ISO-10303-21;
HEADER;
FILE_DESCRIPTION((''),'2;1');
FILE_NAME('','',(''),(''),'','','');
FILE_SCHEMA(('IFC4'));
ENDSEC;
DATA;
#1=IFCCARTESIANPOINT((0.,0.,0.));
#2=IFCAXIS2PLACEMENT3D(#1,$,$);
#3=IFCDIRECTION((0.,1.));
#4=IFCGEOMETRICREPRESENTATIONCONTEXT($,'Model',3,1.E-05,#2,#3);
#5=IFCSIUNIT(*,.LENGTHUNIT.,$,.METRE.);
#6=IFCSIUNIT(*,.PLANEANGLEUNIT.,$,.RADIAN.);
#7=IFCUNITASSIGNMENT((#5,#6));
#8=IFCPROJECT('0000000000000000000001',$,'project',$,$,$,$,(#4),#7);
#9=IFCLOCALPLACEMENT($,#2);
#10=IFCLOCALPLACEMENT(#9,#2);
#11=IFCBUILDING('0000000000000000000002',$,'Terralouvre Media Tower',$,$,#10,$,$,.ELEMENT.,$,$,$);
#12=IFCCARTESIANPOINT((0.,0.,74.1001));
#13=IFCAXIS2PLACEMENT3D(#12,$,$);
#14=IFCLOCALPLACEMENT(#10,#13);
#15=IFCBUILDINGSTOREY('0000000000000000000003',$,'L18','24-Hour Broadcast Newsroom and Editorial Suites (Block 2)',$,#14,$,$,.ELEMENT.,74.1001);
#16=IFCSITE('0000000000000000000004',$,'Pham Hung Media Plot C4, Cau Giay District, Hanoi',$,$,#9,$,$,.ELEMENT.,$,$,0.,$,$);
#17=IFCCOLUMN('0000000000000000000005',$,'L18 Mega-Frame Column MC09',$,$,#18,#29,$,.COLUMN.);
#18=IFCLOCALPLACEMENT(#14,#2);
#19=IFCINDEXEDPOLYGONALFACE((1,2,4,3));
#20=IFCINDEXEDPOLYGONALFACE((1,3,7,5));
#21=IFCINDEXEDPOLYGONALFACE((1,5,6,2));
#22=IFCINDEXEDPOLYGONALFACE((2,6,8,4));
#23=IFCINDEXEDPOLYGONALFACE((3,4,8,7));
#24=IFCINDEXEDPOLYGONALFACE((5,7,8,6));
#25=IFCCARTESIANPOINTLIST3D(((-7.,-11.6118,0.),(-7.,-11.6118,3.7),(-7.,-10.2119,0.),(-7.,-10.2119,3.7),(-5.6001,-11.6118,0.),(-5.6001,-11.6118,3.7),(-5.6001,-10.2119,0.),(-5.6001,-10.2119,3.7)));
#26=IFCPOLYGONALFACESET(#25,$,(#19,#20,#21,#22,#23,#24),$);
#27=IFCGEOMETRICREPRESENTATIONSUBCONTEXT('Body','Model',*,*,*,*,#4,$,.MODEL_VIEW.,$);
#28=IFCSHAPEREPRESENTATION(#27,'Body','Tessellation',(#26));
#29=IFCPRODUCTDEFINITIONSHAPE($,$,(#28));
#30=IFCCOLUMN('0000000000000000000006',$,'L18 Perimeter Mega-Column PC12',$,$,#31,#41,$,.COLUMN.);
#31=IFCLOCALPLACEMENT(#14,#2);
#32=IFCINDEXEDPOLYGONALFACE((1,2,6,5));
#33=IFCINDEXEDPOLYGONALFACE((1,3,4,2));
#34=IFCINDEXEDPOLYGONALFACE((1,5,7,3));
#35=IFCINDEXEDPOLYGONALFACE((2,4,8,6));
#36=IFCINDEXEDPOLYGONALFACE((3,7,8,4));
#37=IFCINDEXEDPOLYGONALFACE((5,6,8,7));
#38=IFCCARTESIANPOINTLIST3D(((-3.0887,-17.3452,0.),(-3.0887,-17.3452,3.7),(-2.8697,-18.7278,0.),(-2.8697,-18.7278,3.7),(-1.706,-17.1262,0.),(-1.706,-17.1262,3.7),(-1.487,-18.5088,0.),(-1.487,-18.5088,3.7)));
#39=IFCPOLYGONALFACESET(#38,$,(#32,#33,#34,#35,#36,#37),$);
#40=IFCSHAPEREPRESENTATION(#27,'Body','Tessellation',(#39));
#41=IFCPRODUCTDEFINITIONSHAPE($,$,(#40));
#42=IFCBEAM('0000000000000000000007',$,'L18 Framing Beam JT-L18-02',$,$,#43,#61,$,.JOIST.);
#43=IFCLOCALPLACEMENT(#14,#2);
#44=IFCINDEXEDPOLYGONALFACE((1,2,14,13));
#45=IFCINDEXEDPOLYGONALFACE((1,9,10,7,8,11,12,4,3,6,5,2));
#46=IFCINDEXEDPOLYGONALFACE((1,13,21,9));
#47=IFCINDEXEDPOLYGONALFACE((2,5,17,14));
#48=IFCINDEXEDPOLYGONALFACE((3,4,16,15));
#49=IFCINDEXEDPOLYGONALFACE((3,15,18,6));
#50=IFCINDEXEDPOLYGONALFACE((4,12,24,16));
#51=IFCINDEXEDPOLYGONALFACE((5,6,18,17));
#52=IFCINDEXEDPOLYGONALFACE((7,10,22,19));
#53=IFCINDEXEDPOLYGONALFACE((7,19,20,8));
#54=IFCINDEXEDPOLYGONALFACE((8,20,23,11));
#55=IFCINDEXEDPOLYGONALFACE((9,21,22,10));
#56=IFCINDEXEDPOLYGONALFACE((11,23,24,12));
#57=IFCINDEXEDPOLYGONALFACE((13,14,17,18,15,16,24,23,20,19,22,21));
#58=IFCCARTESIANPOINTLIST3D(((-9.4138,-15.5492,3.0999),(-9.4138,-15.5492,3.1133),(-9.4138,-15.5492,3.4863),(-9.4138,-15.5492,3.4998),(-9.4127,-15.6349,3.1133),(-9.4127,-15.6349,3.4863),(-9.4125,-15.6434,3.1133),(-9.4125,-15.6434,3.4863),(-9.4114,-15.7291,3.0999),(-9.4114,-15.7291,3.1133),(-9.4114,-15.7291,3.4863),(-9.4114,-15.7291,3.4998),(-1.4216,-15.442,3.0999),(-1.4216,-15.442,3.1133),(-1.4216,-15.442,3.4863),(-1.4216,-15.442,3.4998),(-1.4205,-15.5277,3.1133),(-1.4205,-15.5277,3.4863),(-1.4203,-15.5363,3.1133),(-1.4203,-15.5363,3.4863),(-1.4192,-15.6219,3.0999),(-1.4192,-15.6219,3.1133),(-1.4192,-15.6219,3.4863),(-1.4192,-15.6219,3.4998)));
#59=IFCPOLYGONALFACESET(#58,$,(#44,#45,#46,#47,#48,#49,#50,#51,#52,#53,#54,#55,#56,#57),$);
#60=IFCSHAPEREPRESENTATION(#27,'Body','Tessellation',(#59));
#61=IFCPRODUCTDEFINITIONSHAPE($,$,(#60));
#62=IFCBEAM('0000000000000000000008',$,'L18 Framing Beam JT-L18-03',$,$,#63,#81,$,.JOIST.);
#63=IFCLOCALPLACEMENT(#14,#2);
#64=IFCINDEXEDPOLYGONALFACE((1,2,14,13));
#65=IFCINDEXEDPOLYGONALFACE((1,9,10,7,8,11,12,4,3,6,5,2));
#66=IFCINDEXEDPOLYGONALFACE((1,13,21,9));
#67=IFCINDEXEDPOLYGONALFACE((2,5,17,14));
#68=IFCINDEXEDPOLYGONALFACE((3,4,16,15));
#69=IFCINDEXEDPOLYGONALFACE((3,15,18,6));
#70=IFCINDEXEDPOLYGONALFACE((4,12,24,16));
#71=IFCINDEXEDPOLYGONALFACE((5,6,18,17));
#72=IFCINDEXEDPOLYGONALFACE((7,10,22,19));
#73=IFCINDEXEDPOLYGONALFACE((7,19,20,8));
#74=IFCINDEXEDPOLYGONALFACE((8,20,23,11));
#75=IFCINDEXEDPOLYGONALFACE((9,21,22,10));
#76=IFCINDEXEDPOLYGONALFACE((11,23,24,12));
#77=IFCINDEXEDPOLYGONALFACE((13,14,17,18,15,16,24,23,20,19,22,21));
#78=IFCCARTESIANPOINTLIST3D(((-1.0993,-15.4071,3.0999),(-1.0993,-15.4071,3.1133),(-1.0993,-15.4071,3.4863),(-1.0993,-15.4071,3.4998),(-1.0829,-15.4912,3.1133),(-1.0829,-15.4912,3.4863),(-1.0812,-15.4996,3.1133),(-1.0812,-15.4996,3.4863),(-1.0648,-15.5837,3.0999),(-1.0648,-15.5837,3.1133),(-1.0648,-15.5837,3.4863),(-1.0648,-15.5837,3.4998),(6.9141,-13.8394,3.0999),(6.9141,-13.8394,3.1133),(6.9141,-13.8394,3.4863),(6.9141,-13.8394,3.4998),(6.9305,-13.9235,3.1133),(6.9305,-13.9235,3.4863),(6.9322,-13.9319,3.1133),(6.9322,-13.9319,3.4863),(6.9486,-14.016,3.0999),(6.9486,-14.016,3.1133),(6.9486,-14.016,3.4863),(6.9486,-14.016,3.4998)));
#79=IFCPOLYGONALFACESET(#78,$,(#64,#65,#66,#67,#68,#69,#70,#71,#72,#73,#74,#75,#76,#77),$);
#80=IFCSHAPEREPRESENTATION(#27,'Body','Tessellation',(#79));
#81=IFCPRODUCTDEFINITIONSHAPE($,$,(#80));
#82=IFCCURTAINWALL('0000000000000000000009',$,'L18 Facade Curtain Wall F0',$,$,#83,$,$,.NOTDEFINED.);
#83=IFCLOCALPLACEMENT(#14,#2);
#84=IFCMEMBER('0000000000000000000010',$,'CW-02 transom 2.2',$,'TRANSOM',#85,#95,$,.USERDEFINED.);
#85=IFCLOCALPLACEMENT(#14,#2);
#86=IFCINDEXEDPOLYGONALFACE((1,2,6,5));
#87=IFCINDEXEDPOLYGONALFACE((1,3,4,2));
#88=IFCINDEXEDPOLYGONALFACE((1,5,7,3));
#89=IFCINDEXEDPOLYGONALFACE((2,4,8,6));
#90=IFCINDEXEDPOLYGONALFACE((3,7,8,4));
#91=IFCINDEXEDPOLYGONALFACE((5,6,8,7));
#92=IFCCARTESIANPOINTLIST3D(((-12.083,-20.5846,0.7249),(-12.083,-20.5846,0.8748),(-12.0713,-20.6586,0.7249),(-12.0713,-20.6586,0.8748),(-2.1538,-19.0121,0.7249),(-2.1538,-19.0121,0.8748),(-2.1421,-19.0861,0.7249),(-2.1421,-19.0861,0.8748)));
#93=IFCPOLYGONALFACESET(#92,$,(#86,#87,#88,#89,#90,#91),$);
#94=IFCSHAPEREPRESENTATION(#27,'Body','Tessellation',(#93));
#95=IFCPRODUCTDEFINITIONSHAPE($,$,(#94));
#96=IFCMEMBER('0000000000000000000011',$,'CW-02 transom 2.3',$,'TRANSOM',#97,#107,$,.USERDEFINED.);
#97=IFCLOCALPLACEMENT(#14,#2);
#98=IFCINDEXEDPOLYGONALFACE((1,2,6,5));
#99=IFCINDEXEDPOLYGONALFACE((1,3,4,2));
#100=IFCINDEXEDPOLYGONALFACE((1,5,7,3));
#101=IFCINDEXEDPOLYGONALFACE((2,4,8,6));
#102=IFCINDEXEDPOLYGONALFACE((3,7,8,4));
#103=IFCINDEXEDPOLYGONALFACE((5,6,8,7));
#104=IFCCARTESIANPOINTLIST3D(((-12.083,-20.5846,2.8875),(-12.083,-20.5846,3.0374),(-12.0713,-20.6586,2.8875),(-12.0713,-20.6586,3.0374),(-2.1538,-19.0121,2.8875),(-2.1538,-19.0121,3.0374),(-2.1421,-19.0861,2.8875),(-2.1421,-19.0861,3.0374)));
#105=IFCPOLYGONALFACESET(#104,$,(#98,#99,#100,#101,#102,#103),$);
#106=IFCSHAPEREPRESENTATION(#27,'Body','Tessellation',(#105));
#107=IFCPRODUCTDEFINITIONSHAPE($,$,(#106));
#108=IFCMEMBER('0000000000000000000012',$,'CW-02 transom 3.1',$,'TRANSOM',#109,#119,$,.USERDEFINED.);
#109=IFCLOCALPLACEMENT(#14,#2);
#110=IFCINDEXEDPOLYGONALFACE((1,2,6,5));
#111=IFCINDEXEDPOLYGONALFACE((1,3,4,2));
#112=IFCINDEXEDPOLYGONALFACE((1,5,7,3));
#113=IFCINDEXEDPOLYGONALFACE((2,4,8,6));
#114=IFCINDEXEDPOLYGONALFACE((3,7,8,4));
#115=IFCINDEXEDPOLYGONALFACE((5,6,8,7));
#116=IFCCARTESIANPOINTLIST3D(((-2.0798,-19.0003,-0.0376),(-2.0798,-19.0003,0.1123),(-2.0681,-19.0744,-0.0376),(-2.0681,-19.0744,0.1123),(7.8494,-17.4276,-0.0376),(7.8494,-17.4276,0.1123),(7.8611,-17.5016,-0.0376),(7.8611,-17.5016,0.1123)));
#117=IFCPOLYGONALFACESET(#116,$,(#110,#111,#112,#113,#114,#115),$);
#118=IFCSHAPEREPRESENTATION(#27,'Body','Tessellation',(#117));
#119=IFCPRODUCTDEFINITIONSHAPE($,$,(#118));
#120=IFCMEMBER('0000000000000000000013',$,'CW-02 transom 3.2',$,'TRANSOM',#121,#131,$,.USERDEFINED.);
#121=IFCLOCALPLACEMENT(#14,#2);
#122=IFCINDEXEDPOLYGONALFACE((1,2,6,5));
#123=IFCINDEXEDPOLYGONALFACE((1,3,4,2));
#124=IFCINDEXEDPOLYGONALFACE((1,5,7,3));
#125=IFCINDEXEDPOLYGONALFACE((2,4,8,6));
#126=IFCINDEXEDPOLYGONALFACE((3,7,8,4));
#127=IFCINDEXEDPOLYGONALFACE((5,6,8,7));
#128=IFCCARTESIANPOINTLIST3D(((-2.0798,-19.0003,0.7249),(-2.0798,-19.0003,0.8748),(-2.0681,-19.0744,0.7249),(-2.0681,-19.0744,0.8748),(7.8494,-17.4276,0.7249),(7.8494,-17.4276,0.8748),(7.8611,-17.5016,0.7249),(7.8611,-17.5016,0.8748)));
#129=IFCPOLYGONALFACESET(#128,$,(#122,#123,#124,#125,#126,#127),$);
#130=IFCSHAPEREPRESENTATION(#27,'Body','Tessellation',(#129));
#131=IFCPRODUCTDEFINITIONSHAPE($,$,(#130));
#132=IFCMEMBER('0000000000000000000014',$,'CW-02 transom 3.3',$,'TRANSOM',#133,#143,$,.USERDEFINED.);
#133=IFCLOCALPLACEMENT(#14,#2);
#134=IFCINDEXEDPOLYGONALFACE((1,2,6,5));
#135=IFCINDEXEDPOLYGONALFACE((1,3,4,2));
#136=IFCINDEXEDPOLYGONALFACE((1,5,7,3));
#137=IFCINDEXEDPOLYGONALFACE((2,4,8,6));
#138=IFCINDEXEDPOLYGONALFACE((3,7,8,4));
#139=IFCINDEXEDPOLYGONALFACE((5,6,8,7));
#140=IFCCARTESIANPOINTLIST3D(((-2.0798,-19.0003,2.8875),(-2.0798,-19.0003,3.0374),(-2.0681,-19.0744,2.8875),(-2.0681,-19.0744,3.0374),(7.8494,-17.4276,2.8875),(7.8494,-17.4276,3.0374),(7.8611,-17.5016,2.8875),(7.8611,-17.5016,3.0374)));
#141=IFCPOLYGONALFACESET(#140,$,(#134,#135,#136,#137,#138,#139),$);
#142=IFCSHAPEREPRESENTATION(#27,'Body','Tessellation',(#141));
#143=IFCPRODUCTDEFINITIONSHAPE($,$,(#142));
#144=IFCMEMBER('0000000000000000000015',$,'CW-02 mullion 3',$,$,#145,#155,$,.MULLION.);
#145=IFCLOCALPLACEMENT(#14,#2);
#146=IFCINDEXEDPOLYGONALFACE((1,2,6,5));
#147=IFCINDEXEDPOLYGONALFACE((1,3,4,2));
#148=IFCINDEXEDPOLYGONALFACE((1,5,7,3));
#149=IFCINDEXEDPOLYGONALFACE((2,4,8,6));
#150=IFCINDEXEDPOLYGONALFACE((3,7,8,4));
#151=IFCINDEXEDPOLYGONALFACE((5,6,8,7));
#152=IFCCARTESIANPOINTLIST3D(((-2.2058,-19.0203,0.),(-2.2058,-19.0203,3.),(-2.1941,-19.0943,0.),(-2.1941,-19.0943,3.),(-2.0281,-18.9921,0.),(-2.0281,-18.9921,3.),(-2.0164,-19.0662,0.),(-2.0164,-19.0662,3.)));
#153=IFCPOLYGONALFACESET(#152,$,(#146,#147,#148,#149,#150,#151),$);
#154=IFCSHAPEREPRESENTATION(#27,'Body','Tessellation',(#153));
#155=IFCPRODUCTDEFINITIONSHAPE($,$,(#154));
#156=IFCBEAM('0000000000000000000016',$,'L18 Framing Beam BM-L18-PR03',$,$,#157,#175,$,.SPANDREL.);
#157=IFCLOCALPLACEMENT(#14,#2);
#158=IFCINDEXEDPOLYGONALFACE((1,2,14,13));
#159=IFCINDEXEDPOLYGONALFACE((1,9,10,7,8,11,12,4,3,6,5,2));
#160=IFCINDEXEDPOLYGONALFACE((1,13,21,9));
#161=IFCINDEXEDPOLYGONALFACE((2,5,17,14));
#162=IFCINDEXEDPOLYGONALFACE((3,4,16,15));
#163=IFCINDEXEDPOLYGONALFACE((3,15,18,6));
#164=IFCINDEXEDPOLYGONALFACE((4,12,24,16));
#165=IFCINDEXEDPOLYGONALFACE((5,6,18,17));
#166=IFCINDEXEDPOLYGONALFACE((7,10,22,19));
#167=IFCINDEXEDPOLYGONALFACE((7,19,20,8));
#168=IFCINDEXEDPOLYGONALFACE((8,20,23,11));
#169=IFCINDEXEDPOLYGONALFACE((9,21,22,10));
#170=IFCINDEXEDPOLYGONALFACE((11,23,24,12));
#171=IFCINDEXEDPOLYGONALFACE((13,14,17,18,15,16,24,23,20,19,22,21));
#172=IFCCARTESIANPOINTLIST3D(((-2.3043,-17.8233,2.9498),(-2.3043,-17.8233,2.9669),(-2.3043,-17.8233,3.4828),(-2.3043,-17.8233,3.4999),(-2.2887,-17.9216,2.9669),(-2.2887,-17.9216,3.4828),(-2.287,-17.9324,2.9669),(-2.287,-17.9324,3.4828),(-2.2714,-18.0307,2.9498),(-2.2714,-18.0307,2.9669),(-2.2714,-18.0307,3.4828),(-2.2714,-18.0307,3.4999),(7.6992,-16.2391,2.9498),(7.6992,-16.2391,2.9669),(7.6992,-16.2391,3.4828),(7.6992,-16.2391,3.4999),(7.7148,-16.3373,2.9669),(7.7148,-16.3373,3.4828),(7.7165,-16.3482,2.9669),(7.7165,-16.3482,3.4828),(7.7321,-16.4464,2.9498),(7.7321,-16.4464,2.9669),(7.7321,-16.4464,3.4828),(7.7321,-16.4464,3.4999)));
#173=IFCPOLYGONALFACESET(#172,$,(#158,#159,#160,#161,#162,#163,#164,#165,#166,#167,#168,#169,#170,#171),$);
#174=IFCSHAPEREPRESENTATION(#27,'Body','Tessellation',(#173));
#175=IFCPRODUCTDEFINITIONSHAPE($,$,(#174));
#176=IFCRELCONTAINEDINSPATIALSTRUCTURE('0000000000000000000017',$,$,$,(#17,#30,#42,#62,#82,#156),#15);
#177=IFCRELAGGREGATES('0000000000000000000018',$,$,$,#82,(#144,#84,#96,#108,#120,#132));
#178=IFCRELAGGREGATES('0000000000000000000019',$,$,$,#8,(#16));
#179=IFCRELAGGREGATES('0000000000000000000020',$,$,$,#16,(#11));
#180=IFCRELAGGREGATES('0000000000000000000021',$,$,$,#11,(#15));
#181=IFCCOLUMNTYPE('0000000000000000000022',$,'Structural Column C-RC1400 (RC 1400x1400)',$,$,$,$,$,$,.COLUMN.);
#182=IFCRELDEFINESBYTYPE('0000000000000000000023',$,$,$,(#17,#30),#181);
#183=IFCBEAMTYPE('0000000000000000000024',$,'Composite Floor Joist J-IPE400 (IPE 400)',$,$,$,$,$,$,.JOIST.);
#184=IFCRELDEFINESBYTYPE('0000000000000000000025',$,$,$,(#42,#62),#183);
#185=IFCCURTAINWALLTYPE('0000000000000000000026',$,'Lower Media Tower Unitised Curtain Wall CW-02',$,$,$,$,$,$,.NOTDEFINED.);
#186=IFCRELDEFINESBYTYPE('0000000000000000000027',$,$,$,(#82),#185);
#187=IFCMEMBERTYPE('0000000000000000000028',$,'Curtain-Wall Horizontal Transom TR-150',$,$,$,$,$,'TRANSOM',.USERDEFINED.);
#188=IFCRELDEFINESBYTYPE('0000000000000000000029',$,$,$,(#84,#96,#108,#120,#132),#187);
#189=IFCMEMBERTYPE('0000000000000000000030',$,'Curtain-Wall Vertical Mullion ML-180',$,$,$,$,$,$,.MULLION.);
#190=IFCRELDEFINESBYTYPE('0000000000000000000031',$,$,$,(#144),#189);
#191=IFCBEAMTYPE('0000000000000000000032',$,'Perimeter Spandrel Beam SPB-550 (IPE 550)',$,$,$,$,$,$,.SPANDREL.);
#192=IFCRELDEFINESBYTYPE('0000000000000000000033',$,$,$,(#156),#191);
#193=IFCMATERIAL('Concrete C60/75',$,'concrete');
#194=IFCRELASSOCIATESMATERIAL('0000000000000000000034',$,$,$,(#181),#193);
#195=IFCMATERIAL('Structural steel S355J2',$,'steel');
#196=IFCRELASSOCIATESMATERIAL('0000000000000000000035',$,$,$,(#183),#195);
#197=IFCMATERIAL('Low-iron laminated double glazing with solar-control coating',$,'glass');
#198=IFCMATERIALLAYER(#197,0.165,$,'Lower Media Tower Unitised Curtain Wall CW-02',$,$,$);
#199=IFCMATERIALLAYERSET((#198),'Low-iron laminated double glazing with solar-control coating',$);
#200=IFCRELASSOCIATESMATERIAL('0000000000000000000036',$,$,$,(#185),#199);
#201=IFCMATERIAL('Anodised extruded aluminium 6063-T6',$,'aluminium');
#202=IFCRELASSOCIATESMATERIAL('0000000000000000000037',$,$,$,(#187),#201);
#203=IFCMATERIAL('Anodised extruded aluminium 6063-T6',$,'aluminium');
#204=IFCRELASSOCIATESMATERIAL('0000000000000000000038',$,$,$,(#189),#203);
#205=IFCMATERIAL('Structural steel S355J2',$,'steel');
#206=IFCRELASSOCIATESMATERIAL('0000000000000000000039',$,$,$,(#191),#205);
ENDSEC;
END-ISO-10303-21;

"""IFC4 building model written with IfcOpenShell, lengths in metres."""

from ifc_helpers import new_model, si_unit, direction, frame, origin, origin_2d, place, context, subcontext, project, spatial, rectangle, i_section, extrude, material, layer, layer_set, material_profile, profile_set, type_object, element, aggregate, save


model = new_model("IFC4")

# Units and contexts
model_context = context("Model", 3, precision=1e-05, world=origin(), true_north=direction((0.0, 1.0)))
body_context = subcontext(model_context, "Body", "Model", "MODEL_VIEW")
ifc_project = project(units=[si_unit("LENGTHUNIT", "METRE"), si_unit("PLANEANGLEUNIT", "RADIAN")], contexts=[model_context])

# Site, building, storey
site_placement = place(None, origin())
site = spatial("IfcSite", under=ifc_project, at=site_placement, Name="Pham Hung Media Plot C4, Cau Giay District, Hanoi", CompositionType="ELEMENT", RefElevation=0.0)
building_placement = place(site_placement, origin())
building = spatial("IfcBuilding", under=site, at=building_placement, Name="Terralouvre Media Tower", CompositionType="ELEMENT")
storey_placement = place(building_placement, frame((0.0, 0.0, 74.1001)))
storey = spatial("IfcBuildingStorey", under=building, at=storey_placement, Name="L18", Description="24-Hour Broadcast Newsroom and Editorial Suites (Block 2)", CompositionType="ELEMENT", Elevation=74.1001)

# Columns
ifc_material_1 = material(Name="Concrete C60/75", Category="concrete")
ifc_material_profile_1 = material_profile(ifc_material_1, rectangle(XDim=1.3999, YDim=1.3999, at=origin_2d()), Name="RC 1400x1400")
ifc_profile_set_1 = profile_set([ifc_material_profile_1], Name="Concrete C60/75")
column_type = type_object("IfcColumnType", Name="Structural Column C-RC1400 (RC 1400x1400)", PredefinedType="COLUMN", material=ifc_profile_set_1)
for number, where, z_axis, x_axis, name in (
    (1, (-6.3, -10.9119, 0.0), (0.0, 0.0, 1.0), (1.0, 0.0, 0.0), "L18 Mega-Frame Column MC09"),
    (2, (-2.2878, -17.927, 0.0), (0.0, 0.0, 1.0), (0.987688, 0.156434, 0.0), "L18 Perimeter Mega-Column PC12"),
):
    element("IfcColumn", number, at=place(storey_placement, frame(where, z_axis=z_axis, x_axis=x_axis)), inside=storey, type_object=column_type, Name=name, PredefinedType="COLUMN", context=body_context, shape_type="SweptSolid", body=[
        extrude(rectangle(XDim=1.3999, YDim=1.3999, at=origin_2d()), origin(), (0.0, 0.0, 1.0), 3.7),
    ])

# Beams
ifc_material_2 = material(Name="Structural steel S355J2", Category="steel")
ifc_material_profile_2 = material_profile(ifc_material_2, i_section(OverallWidth=0.1799, OverallDepth=0.3999, WebThickness=0.0085, FlangeThickness=0.0134, at=origin_2d()), Name="IPE 400")
ifc_profile_set_2 = profile_set([ifc_material_profile_2], Name="Structural steel S355J2")
beam_type_1 = type_object("IfcBeamType", Name="Composite Floor Joist J-IPE400 (IPE 400)", PredefinedType="JOIST", material=ifc_profile_set_2)
beam_1_placement = place(storey_placement, frame((-9.4126, -15.6392, 3.2998), z_axis=(0.99991, 0.013409, 0.0), x_axis=(-0.013409, 0.99991, 0.0)))
element("IfcBeam", 3, at=beam_1_placement, inside=storey, type_object=beam_type_1, Name="L18 Framing Beam JT-L18-02", PredefinedType="JOIST", context=body_context, shape_type="SweptSolid", body=[
    extrude(i_section(OverallWidth=0.1799, OverallDepth=0.3999, WebThickness=0.0085, FlangeThickness=0.0134, at=origin_2d()), origin(), (0.0, 0.0, 1.0), 7.9929),
])
beam_2_placement = place(storey_placement, frame((-1.082, -15.4954, 3.2998), z_axis=(0.981398, 0.191986, 0.0), x_axis=(-0.191986, 0.981398, 0.0)))
element("IfcBeam", 4, at=beam_2_placement, inside=storey, type_object=beam_type_1, Name="L18 Framing Beam JT-L18-03", PredefinedType="JOIST", context=body_context, shape_type="SweptSolid", body=[
    extrude(i_section(OverallWidth=0.1799, OverallDepth=0.3999, WebThickness=0.0085, FlangeThickness=0.0134, at=origin_2d()), origin(), (0.0, 0.0, 1.0), 8.1653),
])

# Curtain wall, members
ifc_material_3 = material(Name="Low-iron laminated double glazing with solar-control coating", Category="glass")
ifc_layer_1 = layer(ifc_material_3, 0.165, Name="Lower Media Tower Unitised Curtain Wall CW-02")
ifc_layer_set_1 = layer_set([ifc_layer_1], Name="Low-iron laminated double glazing with solar-control coating")
curtain_wall_type = type_object("IfcCurtainWallType", Name="Lower Media Tower Unitised Curtain Wall CW-02", PredefinedType="NOTDEFINED", material=ifc_layer_set_1)
curtain_wall_placement = place(storey_placement, origin())
curtain_wall = element("IfcCurtainWall", 5, at=curtain_wall_placement, inside=storey, type_object=curtain_wall_type, Name="L18 Facade Curtain Wall F0", PredefinedType="NOTDEFINED")
ifc_material_4 = material(Name="Anodised extruded aluminium 6063-T6", Category="aluminium")
ifc_material_profile_3 = material_profile(ifc_material_4, rectangle(XDim=0.075, YDim=0.1499, at=origin_2d()), Name="ALU 75x150")
ifc_profile_set_3 = profile_set([ifc_material_profile_3], Name="Anodised extruded aluminium 6063-T6")
member_type_1 = type_object("IfcMemberType", Name="Curtain-Wall Horizontal Transom TR-150", ElementType="TRANSOM", PredefinedType="USERDEFINED", material=ifc_profile_set_3)
member_1_placement = place(storey_placement, frame((-12.0771, -20.6216, 0.7998), z_axis=(0.98769, 0.156423, 0.0), x_axis=(-0.156423, 0.98769, 0.0)))
member_1 = element("IfcMember", 6, at=member_1_placement, type_object=member_type_1, Name="CW-02 transom 2.2", ObjectType="TRANSOM", PredefinedType="USERDEFINED", context=body_context, shape_type="SweptSolid", body=[
    extrude(rectangle(XDim=0.075, YDim=0.1499, at=origin_2d()), origin(), (0.0, 0.0, 1.0), 10.053),
])
member_2_placement = place(storey_placement, frame((-12.0771, -20.6216, 2.9624), z_axis=(0.98769, 0.156423, 0.0), x_axis=(-0.156423, 0.98769, 0.0)))
member_2 = element("IfcMember", 7, at=member_2_placement, type_object=member_type_1, Name="CW-02 transom 2.3", ObjectType="TRANSOM", PredefinedType="USERDEFINED", context=body_context, shape_type="SweptSolid", body=[
    extrude(rectangle(XDim=0.075, YDim=0.1499, at=origin_2d()), origin(), (0.0, 0.0, 1.0), 10.053),
])
member_3_placement = place(storey_placement, frame((-2.074, -19.0374, 0.0374), z_axis=(0.987686, 0.156446, 0.0), x_axis=(-0.156446, 0.987686, 0.0)))
member_3 = element("IfcMember", 8, at=member_3_placement, type_object=member_type_1, Name="CW-02 transom 3.1", ObjectType="TRANSOM", PredefinedType="USERDEFINED", context=body_context, shape_type="SweptSolid", body=[
    extrude(rectangle(XDim=0.075, YDim=0.1499, at=origin_2d()), origin(), (0.0, 0.0, 1.0), 10.053),
])
member_4_placement = place(storey_placement, frame((-2.074, -19.0374, 0.7998), z_axis=(0.987686, 0.156446, 0.0), x_axis=(-0.156446, 0.987686, 0.0)))
member_4 = element("IfcMember", 9, at=member_4_placement, type_object=member_type_1, Name="CW-02 transom 3.2", ObjectType="TRANSOM", PredefinedType="USERDEFINED", context=body_context, shape_type="SweptSolid", body=[
    extrude(rectangle(XDim=0.075, YDim=0.1499, at=origin_2d()), origin(), (0.0, 0.0, 1.0), 10.053),
])
member_5_placement = place(storey_placement, frame((-2.074, -19.0374, 2.9624), z_axis=(0.987686, 0.156446, 0.0), x_axis=(-0.156446, 0.987686, 0.0)))
member_5 = element("IfcMember", 10, at=member_5_placement, type_object=member_type_1, Name="CW-02 transom 3.3", ObjectType="TRANSOM", PredefinedType="USERDEFINED", context=body_context, shape_type="SweptSolid", body=[
    extrude(rectangle(XDim=0.075, YDim=0.1499, at=origin_2d()), origin(), (0.0, 0.0, 1.0), 10.053),
])
ifc_material_5 = material(Name="Anodised extruded aluminium 6063-T6", Category="aluminium")
ifc_material_profile_4 = material_profile(ifc_material_5, rectangle(XDim=0.075, YDim=0.1799, at=origin_2d()), Name="ALU 75x180")
ifc_profile_set_4 = profile_set([ifc_material_profile_4], Name="Anodised extruded aluminium 6063-T6")
member_type_2 = type_object("IfcMemberType", Name="Curtain-Wall Vertical Mullion ML-180", PredefinedType="MULLION", material=ifc_profile_set_4)
member_6_placement = place(storey_placement, frame((-2.1111, -19.0432, 0.0), z_axis=(0.0, 0.0, 1.0), x_axis=(-0.156434, 0.987688, 0.0)))
member_6 = element("IfcMember", 11, at=member_6_placement, type_object=member_type_2, Name="CW-02 mullion 3", PredefinedType="MULLION", context=body_context, shape_type="SweptSolid", body=[
    extrude(rectangle(XDim=0.075, YDim=0.1799, at=origin_2d()), origin(), (0.0, 0.0, 1.0), 3.0),
])

# Beam
ifc_material_6 = material(Name="Structural steel S355J2", Category="steel")
ifc_material_profile_5 = material_profile(ifc_material_6, i_section(OverallWidth=0.21, OverallDepth=0.55, WebThickness=0.011, FlangeThickness=0.0171, at=origin_2d()), Name="IPE 550")
ifc_profile_set_5 = profile_set([ifc_material_profile_5], Name="Structural steel S355J2")
beam_type_2 = type_object("IfcBeamType", Name="Perimeter Spandrel Beam SPB-550 (IPE 550)", PredefinedType="SPANDREL", material=ifc_profile_set_5)
beam_3_placement = place(storey_placement, frame((-2.2878, -17.927, 3.2249), z_axis=(0.987691, 0.156419, 0.0), x_axis=(-0.156419, 0.987691, 0.0)))
element("IfcBeam", 12, at=beam_3_placement, inside=storey, type_object=beam_type_2, Name="L18 Framing Beam BM-L18-PR03", PredefinedType="SPANDREL", context=body_context, shape_type="SweptSolid", body=[
    extrude(i_section(OverallWidth=0.21, OverallDepth=0.55, WebThickness=0.011, FlangeThickness=0.0171, at=origin_2d()), origin(), (0.0, 0.0, 1.0), 10.1282),
])

aggregate(curtain_wall, [member_6, member_1, member_2, member_3, member_4, member_5])

save(model, "model.ifc")
